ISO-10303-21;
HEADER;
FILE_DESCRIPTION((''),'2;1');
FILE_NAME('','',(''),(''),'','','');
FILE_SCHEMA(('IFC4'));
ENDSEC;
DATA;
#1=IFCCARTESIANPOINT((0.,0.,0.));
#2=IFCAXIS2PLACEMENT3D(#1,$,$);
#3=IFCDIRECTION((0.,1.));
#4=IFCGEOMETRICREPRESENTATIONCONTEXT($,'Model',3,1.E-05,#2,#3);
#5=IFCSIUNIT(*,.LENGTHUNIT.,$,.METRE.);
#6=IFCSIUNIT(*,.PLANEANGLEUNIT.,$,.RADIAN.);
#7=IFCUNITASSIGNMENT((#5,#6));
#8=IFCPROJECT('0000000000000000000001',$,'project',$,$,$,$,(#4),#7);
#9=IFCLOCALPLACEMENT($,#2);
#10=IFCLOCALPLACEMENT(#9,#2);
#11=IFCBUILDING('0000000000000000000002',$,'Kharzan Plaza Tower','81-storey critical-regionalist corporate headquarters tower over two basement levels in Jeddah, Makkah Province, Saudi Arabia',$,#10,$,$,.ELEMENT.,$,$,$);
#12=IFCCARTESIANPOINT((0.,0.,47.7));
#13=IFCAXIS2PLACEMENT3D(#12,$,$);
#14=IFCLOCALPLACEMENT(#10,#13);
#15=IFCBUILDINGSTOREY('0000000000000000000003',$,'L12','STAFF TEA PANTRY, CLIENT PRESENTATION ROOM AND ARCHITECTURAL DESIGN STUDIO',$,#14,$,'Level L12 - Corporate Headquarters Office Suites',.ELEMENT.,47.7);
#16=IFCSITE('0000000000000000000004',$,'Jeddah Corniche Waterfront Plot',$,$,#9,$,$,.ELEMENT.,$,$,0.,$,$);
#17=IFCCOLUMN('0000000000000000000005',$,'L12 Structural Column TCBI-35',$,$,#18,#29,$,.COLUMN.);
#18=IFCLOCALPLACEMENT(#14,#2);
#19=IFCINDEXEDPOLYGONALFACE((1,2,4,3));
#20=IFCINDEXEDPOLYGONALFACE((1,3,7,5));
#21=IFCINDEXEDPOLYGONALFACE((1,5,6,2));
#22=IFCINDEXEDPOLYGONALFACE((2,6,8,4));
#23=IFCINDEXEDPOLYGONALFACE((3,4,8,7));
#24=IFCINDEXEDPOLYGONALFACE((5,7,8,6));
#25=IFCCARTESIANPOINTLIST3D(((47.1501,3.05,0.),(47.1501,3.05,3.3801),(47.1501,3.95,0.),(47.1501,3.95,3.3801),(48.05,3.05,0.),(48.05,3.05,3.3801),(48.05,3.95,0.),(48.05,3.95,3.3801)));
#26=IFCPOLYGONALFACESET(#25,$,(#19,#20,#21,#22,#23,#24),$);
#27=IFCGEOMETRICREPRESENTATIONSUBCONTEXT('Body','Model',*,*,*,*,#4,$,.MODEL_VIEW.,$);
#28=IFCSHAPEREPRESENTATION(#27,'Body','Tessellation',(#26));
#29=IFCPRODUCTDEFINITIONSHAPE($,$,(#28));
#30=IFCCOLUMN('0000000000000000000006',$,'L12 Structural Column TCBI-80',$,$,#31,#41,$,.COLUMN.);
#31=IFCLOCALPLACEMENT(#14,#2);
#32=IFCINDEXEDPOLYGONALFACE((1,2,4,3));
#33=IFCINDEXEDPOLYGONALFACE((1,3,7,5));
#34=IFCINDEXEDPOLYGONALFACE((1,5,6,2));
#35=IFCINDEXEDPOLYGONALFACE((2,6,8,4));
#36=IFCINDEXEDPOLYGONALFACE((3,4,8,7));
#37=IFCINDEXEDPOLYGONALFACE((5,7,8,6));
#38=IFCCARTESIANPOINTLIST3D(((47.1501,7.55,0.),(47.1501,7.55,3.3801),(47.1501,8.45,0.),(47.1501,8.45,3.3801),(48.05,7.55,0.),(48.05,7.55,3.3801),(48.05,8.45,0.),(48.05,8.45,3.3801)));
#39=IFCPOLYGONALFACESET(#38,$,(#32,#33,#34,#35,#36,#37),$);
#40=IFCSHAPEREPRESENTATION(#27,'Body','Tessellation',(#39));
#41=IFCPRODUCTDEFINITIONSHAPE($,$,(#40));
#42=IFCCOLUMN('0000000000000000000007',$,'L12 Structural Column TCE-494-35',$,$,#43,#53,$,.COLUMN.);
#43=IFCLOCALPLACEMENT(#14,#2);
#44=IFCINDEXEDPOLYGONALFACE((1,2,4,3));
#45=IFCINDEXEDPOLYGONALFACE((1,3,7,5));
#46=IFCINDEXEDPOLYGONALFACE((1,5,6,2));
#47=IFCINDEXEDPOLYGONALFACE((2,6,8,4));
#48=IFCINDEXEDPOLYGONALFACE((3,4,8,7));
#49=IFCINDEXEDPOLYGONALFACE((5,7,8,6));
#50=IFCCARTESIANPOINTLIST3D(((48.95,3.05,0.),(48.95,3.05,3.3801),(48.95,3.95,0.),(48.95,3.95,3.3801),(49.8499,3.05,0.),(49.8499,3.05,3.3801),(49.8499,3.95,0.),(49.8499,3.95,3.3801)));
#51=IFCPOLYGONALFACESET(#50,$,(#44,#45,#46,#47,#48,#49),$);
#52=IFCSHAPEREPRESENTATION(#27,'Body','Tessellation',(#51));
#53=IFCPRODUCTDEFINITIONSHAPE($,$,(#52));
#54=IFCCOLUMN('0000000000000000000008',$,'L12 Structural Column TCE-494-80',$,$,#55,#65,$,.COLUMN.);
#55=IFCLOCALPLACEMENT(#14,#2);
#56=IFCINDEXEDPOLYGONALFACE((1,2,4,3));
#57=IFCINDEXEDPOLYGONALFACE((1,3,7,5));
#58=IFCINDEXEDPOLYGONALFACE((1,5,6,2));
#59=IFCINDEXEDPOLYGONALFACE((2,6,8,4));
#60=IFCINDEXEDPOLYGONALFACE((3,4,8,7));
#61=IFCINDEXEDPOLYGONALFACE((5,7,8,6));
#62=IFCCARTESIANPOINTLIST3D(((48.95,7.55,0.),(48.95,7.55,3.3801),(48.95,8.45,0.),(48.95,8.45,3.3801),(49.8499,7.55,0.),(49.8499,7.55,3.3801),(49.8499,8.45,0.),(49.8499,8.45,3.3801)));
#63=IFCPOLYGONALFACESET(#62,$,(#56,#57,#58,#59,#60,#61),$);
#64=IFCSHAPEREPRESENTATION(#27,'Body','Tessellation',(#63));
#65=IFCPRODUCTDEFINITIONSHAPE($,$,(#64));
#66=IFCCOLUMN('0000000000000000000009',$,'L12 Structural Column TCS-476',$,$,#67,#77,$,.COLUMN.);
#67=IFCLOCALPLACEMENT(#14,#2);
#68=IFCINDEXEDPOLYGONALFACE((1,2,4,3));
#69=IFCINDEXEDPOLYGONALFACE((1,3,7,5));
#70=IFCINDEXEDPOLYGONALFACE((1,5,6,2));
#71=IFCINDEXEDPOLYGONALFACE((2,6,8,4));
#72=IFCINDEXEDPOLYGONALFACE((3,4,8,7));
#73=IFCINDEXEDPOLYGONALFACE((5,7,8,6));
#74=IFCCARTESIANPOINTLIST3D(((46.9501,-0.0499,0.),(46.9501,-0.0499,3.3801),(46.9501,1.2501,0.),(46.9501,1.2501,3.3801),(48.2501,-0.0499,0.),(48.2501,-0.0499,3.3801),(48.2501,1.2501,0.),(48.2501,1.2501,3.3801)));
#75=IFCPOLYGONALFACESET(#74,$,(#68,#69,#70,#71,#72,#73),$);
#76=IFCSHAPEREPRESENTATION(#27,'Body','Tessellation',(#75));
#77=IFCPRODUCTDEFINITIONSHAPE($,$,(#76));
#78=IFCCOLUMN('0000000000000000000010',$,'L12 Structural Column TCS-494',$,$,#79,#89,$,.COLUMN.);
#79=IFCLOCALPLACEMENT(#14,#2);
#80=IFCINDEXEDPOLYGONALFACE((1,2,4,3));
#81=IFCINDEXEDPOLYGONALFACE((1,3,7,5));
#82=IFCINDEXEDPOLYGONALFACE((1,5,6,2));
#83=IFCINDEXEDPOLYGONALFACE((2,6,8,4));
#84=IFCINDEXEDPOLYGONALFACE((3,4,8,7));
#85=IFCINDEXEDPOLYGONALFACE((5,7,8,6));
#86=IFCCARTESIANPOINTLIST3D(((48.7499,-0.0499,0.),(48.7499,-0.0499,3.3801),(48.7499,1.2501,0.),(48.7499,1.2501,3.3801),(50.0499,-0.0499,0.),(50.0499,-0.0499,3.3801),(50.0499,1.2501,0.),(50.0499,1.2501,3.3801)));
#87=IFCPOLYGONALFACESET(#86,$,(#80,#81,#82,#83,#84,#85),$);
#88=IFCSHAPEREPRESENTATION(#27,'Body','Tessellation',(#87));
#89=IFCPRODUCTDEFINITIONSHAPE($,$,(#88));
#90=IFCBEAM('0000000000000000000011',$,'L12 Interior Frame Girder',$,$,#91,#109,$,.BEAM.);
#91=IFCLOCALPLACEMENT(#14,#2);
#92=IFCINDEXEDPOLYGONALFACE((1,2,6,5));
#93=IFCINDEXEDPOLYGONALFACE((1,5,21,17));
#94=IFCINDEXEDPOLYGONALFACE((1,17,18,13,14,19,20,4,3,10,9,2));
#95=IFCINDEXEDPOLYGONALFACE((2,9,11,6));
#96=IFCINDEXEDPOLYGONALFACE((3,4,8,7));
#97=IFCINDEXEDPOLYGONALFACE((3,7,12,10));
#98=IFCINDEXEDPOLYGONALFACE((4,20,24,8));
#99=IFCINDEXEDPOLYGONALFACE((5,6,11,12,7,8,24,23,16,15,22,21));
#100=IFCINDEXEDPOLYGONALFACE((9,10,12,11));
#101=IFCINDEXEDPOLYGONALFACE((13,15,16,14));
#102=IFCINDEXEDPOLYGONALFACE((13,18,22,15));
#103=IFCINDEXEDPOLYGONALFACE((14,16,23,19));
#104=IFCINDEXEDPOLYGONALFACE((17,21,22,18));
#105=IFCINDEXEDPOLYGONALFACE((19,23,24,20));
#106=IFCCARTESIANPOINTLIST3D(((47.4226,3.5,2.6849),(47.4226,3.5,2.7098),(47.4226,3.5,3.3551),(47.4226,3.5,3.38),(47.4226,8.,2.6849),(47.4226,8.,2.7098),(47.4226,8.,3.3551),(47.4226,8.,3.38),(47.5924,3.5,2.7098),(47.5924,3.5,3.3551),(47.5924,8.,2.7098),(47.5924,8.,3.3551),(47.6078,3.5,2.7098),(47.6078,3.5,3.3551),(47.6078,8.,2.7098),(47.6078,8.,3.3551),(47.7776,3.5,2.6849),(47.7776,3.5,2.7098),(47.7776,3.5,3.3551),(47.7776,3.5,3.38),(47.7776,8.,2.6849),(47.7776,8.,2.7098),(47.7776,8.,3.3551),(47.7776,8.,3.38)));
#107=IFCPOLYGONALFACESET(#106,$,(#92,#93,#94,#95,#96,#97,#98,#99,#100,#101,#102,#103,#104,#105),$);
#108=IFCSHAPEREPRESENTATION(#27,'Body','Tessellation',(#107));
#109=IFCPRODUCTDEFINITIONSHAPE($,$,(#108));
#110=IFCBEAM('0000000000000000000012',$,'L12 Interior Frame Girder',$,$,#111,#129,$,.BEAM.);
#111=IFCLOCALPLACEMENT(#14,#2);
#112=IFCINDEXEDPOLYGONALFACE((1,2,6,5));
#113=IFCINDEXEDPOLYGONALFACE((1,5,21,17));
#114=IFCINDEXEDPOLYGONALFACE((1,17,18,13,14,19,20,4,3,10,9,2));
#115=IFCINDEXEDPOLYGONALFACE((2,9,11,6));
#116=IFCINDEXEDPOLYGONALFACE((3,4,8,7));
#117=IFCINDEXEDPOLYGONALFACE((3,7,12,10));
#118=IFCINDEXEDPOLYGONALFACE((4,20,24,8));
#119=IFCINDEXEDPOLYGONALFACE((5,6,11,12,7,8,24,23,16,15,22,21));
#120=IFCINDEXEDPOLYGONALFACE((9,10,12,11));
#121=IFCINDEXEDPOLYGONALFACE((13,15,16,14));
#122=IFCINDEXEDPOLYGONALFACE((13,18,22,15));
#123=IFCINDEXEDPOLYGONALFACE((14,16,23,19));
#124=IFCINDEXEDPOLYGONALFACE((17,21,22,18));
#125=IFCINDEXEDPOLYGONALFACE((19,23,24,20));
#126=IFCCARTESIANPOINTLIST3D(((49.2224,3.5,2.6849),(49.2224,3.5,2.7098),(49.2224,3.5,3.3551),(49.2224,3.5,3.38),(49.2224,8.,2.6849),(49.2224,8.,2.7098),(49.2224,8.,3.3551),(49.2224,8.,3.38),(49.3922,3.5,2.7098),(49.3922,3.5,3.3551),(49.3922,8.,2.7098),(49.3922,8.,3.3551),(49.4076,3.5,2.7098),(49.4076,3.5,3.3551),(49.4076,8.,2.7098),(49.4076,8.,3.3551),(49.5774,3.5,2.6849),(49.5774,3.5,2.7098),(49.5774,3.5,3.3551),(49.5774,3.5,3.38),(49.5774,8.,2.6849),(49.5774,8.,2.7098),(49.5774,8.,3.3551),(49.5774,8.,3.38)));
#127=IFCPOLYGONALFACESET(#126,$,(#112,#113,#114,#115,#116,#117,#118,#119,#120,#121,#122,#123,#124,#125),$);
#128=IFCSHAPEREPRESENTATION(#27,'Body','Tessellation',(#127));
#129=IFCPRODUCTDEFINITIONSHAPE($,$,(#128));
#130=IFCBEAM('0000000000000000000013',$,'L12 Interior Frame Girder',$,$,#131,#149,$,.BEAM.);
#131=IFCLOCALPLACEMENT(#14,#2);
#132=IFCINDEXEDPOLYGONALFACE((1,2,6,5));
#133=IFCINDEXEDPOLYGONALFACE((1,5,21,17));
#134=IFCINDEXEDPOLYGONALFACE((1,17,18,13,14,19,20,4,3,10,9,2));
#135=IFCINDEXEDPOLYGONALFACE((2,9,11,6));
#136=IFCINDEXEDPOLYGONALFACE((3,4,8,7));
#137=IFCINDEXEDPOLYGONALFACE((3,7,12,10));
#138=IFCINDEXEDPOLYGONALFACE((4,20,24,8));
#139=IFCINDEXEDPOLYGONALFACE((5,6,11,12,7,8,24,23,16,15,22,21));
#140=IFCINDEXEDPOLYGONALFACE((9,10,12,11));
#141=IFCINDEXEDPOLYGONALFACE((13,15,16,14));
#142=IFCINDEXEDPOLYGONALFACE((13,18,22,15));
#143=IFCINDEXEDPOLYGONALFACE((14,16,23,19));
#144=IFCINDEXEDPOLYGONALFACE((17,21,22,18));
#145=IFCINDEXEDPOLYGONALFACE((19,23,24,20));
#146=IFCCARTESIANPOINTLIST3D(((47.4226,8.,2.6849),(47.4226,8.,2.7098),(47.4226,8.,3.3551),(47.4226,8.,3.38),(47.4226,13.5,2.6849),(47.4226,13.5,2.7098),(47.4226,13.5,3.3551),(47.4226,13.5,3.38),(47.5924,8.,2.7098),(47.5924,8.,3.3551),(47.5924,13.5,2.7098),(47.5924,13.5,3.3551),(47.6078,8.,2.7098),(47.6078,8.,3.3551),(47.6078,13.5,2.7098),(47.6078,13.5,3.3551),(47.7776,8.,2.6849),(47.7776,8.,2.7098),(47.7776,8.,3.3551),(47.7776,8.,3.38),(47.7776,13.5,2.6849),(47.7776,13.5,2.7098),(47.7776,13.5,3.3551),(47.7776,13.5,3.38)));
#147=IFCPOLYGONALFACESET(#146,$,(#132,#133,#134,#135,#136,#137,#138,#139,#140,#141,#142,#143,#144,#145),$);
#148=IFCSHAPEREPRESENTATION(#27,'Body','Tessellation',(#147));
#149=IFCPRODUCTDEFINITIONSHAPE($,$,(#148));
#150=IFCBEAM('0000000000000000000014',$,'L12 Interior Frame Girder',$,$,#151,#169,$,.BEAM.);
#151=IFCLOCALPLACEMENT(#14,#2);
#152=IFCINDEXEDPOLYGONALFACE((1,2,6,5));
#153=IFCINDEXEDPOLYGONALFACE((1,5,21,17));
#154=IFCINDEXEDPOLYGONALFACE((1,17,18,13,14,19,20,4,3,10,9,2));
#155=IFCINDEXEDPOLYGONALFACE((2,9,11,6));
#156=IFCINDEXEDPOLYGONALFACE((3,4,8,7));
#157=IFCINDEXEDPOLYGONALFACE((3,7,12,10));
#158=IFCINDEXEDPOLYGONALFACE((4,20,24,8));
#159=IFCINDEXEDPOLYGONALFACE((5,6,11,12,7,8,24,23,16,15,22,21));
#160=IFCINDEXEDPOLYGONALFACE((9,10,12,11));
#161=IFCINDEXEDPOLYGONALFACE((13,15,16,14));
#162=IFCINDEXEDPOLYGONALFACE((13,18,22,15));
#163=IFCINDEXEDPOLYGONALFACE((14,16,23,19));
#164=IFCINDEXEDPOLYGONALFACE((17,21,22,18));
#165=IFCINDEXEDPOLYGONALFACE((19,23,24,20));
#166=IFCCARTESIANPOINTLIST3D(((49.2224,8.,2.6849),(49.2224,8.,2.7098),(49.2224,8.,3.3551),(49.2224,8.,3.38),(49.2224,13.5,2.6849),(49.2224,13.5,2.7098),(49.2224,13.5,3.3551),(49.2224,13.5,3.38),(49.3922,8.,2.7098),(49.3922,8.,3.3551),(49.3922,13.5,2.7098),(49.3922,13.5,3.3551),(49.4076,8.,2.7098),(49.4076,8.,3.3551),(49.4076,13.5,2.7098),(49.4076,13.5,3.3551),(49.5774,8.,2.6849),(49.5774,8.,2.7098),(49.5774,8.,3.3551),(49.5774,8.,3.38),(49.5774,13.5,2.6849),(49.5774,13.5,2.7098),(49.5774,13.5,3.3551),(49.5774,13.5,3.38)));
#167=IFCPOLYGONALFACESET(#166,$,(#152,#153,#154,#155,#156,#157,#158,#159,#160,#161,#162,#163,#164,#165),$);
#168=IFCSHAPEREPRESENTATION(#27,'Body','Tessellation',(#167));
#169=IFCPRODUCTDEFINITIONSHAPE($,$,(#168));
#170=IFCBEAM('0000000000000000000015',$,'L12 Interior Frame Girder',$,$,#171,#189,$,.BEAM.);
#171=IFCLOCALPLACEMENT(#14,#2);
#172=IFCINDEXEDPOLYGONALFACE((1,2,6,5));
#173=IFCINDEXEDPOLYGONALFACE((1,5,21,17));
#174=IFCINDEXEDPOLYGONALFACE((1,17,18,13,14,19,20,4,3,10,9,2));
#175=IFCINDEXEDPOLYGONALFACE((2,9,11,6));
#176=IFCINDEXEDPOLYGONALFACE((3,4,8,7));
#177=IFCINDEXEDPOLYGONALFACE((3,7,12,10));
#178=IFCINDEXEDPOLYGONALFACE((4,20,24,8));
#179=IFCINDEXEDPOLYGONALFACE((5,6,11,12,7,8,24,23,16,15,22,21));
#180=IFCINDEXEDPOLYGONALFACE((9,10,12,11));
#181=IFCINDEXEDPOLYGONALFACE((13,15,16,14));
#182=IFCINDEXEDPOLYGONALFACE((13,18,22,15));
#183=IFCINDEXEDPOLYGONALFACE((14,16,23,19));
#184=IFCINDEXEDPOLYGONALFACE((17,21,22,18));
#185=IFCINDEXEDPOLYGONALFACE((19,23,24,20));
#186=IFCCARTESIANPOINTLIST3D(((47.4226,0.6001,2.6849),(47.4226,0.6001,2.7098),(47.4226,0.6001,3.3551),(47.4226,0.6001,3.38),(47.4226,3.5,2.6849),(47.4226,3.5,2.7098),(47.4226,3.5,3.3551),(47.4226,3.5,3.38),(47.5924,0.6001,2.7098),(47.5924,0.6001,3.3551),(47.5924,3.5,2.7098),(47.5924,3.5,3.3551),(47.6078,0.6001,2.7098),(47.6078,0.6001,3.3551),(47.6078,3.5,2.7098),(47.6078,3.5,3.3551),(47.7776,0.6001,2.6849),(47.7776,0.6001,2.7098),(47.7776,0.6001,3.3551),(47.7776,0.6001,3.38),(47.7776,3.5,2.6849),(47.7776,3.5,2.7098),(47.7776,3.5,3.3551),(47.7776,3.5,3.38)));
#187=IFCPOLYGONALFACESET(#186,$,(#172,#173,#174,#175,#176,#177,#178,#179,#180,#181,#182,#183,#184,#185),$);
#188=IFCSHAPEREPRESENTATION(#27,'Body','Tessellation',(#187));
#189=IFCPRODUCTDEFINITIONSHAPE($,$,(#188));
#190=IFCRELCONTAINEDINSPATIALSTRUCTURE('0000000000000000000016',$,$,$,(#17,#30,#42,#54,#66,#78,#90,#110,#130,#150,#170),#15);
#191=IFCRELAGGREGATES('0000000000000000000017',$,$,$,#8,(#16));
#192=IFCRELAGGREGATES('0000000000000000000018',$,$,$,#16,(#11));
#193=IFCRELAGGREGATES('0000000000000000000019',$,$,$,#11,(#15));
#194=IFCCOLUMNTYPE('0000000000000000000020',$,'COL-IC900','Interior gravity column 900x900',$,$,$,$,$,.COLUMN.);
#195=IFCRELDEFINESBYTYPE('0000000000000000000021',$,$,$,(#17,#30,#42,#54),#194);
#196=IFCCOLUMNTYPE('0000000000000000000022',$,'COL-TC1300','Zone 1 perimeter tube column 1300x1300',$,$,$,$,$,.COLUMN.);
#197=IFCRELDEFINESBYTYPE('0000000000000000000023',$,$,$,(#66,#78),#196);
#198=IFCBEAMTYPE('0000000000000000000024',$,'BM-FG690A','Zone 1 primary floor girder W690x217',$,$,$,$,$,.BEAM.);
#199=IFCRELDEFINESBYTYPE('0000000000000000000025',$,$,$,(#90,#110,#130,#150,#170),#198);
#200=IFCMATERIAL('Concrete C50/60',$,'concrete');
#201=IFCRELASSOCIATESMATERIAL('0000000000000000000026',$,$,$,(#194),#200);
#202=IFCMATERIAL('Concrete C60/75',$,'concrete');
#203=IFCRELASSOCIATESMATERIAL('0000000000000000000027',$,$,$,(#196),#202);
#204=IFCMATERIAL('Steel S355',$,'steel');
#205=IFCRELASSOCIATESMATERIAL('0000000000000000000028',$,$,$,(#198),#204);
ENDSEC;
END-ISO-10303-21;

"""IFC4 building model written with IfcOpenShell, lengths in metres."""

from ifc_helpers import new_model, si_unit, direction, frame, origin, origin_2d, place, context, subcontext, project, spatial, rectangle, i_section, extrude, source, transform, mapped, material, material_profile, profile_set, type_object, element, save


model = new_model("IFC4")

# Units and contexts
model_context = context("Model", 3, precision=1e-05, world=origin(), true_north=direction((0.0, 1.0)))
body_context = subcontext(model_context, "Body", "Model", "MODEL_VIEW")
ifc_project = project(units=[si_unit("LENGTHUNIT", "METRE"), si_unit("PLANEANGLEUNIT", "RADIAN")], contexts=[model_context])

# Site, building, storey
site_placement = place(None, origin())
site = spatial("IfcSite", under=ifc_project, at=site_placement, Name="Jeddah Corniche Waterfront Plot", CompositionType="ELEMENT", RefElevation=0.0)
building_placement = place(site_placement, origin())
building = spatial("IfcBuilding", under=site, at=building_placement, Name="Kharzan Plaza Tower", Description="81-storey critical-regionalist corporate headquarters tower over two basement levels in Jeddah, Makkah Province, Saudi Arabia", CompositionType="ELEMENT")
storey_placement = place(building_placement, frame((0.0, 0.0, 47.7)))
storey = spatial("IfcBuildingStorey", under=building, at=storey_placement, Name="L12", Description="STAFF TEA PANTRY, CLIENT PRESENTATION ROOM AND ARCHITECTURAL DESIGN STUDIO", LongName="Level L12 - Corporate Headquarters Office Suites", CompositionType="ELEMENT", Elevation=47.7)

# Columns
ifc_material_1 = material(Name="Concrete C50/60", Category="concrete")
ifc_material_profile_1 = material_profile(ifc_material_1, rectangle(XDim=0.8999, YDim=0.8999, at=origin_2d()), Name="RC-IC900x900")
ifc_profile_set_1 = profile_set([ifc_material_profile_1], Name="Concrete C50/60")
column_type_1 = type_object("IfcColumnType", Name="COL-IC900", Description="Interior gravity column 900x900", PredefinedType="COLUMN", material=ifc_profile_set_1)
shared_shape_1 = source(origin(), body_context, "Body", "SweptSolid", [
    extrude(rectangle(XDim=0.8999, YDim=0.8999, at=origin_2d()), origin(), (0.0, 0.0, 1.0), 3.3801),
])
for number, where, z_axis, x_axis, name in (
    (1, (47.6001, 3.5, 0.0), (0.0, 0.0, 1.0), (1.0, 0.0, 0.0), "L12 Structural Column TCBI-35"),
    (2, (47.6001, 8.0, 0.0), (0.0, 0.0, 1.0), (1.0, 0.0, 0.0), "L12 Structural Column TCBI-80"),
    (3, (49.3999, 3.5, 0.0), (0.0, 0.0, 1.0), (1.0, 0.0, 0.0), "L12 Structural Column TCE-494-35"),
    (4, (49.3999, 8.0, 0.0), (0.0, 0.0, 1.0), (1.0, 0.0, 0.0), "L12 Structural Column TCE-494-80"),
):
    element("IfcColumn", number, at=place(storey_placement, frame(where, z_axis=z_axis, x_axis=x_axis)), inside=storey, type_object=column_type_1, Name=name, PredefinedType="COLUMN", context=body_context, shape_type="MappedRepresentation", body=[
        mapped(shared_shape_1, transform((0.0, 0.0, 0.0), x_axis=(1.0, 0.0, 0.0), y_axis=(0.0, 1.0, 0.0), z_axis=(0.0, 0.0, 1.0))),
    ])
ifc_material_2 = material(Name="Concrete C60/75", Category="concrete")
ifc_material_profile_2 = material_profile(ifc_material_2, rectangle(XDim=1.3, YDim=1.3, at=origin_2d()), Name="RC-TC1300x1300")
ifc_profile_set_2 = profile_set([ifc_material_profile_2], Name="Concrete C60/75")
column_type_2 = type_object("IfcColumnType", Name="COL-TC1300", Description="Zone 1 perimeter tube column 1300x1300", PredefinedType="COLUMN", material=ifc_profile_set_2)
shared_shape_2 = source(origin(), body_context, "Body", "SweptSolid", [
    extrude(rectangle(XDim=1.3, YDim=1.3, at=origin_2d()), origin(), (0.0, 0.0, 1.0), 3.3801),
])
for number, where, z_axis, x_axis, name in (
    (5, (47.6001, 0.6001, 0.0), (0.0, 0.0, 1.0), (1.0, 0.0, 0.0), "L12 Structural Column TCS-476"),
    (6, (49.3999, 0.6001, 0.0), (0.0, 0.0, 1.0), (1.0, 0.0, 0.0), "L12 Structural Column TCS-494"),
):
    element("IfcColumn", number, at=place(storey_placement, frame(where, z_axis=z_axis, x_axis=x_axis)), inside=storey, type_object=column_type_2, Name=name, PredefinedType="COLUMN", context=body_context, shape_type="MappedRepresentation", body=[
        mapped(shared_shape_2, transform((0.0, 0.0, 0.0), x_axis=(1.0, 0.0, 0.0), y_axis=(0.0, 1.0, 0.0), z_axis=(0.0, 0.0, 1.0))),
    ])

# Beams
ifc_material_3 = material(Name="Steel S355", Category="steel")
ifc_material_profile_3 = material_profile(ifc_material_3, i_section(OverallWidth=0.355, OverallDepth=0.6951, WebThickness=0.0154, FlangeThickness=0.0249, at=origin_2d()), Name="W690x217")
ifc_profile_set_3 = profile_set([ifc_material_profile_3], Name="Steel S355")
beam_type_1 = type_object("IfcBeamType", Name="BM-FG690A", Description="Zone 1 primary floor girder W690x217", PredefinedType="BEAM", material=ifc_profile_set_3)
shared_shape_3 = source(origin(), body_context, "Body", "SweptSolid", [
    extrude(i_section(OverallWidth=0.355, OverallDepth=0.6951, WebThickness=0.0154, FlangeThickness=0.0249, at=origin_2d()), origin(), (0.0, 0.0, 1.0), 4.5),
])
for number, where, z_axis, x_axis, name in (
    (7, (47.6001, 3.5, 3.0325), (0.0, 1.0, 0.0), (-1.0, 0.0, 0.0), "L12 Interior Frame Girder"),
    (8, (49.3999, 3.5, 3.0325), (0.0, 1.0, 0.0), (-1.0, 0.0, 0.0), "L12 Interior Frame Girder"),
):
    element("IfcBeam", number, at=place(storey_placement, frame(where, z_axis=z_axis, x_axis=x_axis)), inside=storey, type_object=beam_type_1, Name=name, PredefinedType="BEAM", context=body_context, shape_type="MappedRepresentation", body=[
        mapped(shared_shape_3, transform((0.0, 0.0, 0.0), x_axis=(1.0, 0.0, 0.0), y_axis=(0.0, 1.0, 0.0), z_axis=(0.0, 0.0, 1.0))),
    ])
shared_shape_4 = source(origin(), body_context, "Body", "SweptSolid", [
    extrude(i_section(OverallWidth=0.355, OverallDepth=0.6951, WebThickness=0.0154, FlangeThickness=0.0249, at=origin_2d()), origin(), (0.0, 0.0, 1.0), 5.5),
])
for number, where, z_axis, x_axis, name in (
    (9, (47.6001, 8.0, 3.0325), (0.0, 1.0, 0.0), (-1.0, 0.0, 0.0), "L12 Interior Frame Girder"),
    (10, (49.3999, 8.0, 3.0325), (0.0, 1.0, 0.0), (-1.0, 0.0, 0.0), "L12 Interior Frame Girder"),
):
    element("IfcBeam", number, at=place(storey_placement, frame(where, z_axis=z_axis, x_axis=x_axis)), inside=storey, type_object=beam_type_1, Name=name, PredefinedType="BEAM", context=body_context, shape_type="MappedRepresentation", body=[
        mapped(shared_shape_4, transform((0.0, 0.0, 0.0), x_axis=(1.0, 0.0, 0.0), y_axis=(0.0, 1.0, 0.0), z_axis=(0.0, 0.0, 1.0))),
    ])
shared_shape_5 = source(origin(), body_context, "Body", "SweptSolid", [
    extrude(i_section(OverallWidth=0.355, OverallDepth=0.6951, WebThickness=0.0154, FlangeThickness=0.0249, at=origin_2d()), origin(), (0.0, 0.0, 1.0), 2.8999),
])
for number, where, z_axis, x_axis, name in (
    (11, (47.6001, 0.6001, 3.0325), (0.0, 1.0, 0.0), (-1.0, 0.0, 0.0), "L12 Interior Frame Girder"),
):
    element("IfcBeam", number, at=place(storey_placement, frame(where, z_axis=z_axis, x_axis=x_axis)), inside=storey, type_object=beam_type_1, Name=name, PredefinedType="BEAM", context=body_context, shape_type="MappedRepresentation", body=[
        mapped(shared_shape_5, transform((0.0, 0.0, 0.0), x_axis=(1.0, 0.0, 0.0), y_axis=(0.0, 1.0, 0.0), z_axis=(0.0, 0.0, 1.0))),
    ])

save(model, "model.ifc")
